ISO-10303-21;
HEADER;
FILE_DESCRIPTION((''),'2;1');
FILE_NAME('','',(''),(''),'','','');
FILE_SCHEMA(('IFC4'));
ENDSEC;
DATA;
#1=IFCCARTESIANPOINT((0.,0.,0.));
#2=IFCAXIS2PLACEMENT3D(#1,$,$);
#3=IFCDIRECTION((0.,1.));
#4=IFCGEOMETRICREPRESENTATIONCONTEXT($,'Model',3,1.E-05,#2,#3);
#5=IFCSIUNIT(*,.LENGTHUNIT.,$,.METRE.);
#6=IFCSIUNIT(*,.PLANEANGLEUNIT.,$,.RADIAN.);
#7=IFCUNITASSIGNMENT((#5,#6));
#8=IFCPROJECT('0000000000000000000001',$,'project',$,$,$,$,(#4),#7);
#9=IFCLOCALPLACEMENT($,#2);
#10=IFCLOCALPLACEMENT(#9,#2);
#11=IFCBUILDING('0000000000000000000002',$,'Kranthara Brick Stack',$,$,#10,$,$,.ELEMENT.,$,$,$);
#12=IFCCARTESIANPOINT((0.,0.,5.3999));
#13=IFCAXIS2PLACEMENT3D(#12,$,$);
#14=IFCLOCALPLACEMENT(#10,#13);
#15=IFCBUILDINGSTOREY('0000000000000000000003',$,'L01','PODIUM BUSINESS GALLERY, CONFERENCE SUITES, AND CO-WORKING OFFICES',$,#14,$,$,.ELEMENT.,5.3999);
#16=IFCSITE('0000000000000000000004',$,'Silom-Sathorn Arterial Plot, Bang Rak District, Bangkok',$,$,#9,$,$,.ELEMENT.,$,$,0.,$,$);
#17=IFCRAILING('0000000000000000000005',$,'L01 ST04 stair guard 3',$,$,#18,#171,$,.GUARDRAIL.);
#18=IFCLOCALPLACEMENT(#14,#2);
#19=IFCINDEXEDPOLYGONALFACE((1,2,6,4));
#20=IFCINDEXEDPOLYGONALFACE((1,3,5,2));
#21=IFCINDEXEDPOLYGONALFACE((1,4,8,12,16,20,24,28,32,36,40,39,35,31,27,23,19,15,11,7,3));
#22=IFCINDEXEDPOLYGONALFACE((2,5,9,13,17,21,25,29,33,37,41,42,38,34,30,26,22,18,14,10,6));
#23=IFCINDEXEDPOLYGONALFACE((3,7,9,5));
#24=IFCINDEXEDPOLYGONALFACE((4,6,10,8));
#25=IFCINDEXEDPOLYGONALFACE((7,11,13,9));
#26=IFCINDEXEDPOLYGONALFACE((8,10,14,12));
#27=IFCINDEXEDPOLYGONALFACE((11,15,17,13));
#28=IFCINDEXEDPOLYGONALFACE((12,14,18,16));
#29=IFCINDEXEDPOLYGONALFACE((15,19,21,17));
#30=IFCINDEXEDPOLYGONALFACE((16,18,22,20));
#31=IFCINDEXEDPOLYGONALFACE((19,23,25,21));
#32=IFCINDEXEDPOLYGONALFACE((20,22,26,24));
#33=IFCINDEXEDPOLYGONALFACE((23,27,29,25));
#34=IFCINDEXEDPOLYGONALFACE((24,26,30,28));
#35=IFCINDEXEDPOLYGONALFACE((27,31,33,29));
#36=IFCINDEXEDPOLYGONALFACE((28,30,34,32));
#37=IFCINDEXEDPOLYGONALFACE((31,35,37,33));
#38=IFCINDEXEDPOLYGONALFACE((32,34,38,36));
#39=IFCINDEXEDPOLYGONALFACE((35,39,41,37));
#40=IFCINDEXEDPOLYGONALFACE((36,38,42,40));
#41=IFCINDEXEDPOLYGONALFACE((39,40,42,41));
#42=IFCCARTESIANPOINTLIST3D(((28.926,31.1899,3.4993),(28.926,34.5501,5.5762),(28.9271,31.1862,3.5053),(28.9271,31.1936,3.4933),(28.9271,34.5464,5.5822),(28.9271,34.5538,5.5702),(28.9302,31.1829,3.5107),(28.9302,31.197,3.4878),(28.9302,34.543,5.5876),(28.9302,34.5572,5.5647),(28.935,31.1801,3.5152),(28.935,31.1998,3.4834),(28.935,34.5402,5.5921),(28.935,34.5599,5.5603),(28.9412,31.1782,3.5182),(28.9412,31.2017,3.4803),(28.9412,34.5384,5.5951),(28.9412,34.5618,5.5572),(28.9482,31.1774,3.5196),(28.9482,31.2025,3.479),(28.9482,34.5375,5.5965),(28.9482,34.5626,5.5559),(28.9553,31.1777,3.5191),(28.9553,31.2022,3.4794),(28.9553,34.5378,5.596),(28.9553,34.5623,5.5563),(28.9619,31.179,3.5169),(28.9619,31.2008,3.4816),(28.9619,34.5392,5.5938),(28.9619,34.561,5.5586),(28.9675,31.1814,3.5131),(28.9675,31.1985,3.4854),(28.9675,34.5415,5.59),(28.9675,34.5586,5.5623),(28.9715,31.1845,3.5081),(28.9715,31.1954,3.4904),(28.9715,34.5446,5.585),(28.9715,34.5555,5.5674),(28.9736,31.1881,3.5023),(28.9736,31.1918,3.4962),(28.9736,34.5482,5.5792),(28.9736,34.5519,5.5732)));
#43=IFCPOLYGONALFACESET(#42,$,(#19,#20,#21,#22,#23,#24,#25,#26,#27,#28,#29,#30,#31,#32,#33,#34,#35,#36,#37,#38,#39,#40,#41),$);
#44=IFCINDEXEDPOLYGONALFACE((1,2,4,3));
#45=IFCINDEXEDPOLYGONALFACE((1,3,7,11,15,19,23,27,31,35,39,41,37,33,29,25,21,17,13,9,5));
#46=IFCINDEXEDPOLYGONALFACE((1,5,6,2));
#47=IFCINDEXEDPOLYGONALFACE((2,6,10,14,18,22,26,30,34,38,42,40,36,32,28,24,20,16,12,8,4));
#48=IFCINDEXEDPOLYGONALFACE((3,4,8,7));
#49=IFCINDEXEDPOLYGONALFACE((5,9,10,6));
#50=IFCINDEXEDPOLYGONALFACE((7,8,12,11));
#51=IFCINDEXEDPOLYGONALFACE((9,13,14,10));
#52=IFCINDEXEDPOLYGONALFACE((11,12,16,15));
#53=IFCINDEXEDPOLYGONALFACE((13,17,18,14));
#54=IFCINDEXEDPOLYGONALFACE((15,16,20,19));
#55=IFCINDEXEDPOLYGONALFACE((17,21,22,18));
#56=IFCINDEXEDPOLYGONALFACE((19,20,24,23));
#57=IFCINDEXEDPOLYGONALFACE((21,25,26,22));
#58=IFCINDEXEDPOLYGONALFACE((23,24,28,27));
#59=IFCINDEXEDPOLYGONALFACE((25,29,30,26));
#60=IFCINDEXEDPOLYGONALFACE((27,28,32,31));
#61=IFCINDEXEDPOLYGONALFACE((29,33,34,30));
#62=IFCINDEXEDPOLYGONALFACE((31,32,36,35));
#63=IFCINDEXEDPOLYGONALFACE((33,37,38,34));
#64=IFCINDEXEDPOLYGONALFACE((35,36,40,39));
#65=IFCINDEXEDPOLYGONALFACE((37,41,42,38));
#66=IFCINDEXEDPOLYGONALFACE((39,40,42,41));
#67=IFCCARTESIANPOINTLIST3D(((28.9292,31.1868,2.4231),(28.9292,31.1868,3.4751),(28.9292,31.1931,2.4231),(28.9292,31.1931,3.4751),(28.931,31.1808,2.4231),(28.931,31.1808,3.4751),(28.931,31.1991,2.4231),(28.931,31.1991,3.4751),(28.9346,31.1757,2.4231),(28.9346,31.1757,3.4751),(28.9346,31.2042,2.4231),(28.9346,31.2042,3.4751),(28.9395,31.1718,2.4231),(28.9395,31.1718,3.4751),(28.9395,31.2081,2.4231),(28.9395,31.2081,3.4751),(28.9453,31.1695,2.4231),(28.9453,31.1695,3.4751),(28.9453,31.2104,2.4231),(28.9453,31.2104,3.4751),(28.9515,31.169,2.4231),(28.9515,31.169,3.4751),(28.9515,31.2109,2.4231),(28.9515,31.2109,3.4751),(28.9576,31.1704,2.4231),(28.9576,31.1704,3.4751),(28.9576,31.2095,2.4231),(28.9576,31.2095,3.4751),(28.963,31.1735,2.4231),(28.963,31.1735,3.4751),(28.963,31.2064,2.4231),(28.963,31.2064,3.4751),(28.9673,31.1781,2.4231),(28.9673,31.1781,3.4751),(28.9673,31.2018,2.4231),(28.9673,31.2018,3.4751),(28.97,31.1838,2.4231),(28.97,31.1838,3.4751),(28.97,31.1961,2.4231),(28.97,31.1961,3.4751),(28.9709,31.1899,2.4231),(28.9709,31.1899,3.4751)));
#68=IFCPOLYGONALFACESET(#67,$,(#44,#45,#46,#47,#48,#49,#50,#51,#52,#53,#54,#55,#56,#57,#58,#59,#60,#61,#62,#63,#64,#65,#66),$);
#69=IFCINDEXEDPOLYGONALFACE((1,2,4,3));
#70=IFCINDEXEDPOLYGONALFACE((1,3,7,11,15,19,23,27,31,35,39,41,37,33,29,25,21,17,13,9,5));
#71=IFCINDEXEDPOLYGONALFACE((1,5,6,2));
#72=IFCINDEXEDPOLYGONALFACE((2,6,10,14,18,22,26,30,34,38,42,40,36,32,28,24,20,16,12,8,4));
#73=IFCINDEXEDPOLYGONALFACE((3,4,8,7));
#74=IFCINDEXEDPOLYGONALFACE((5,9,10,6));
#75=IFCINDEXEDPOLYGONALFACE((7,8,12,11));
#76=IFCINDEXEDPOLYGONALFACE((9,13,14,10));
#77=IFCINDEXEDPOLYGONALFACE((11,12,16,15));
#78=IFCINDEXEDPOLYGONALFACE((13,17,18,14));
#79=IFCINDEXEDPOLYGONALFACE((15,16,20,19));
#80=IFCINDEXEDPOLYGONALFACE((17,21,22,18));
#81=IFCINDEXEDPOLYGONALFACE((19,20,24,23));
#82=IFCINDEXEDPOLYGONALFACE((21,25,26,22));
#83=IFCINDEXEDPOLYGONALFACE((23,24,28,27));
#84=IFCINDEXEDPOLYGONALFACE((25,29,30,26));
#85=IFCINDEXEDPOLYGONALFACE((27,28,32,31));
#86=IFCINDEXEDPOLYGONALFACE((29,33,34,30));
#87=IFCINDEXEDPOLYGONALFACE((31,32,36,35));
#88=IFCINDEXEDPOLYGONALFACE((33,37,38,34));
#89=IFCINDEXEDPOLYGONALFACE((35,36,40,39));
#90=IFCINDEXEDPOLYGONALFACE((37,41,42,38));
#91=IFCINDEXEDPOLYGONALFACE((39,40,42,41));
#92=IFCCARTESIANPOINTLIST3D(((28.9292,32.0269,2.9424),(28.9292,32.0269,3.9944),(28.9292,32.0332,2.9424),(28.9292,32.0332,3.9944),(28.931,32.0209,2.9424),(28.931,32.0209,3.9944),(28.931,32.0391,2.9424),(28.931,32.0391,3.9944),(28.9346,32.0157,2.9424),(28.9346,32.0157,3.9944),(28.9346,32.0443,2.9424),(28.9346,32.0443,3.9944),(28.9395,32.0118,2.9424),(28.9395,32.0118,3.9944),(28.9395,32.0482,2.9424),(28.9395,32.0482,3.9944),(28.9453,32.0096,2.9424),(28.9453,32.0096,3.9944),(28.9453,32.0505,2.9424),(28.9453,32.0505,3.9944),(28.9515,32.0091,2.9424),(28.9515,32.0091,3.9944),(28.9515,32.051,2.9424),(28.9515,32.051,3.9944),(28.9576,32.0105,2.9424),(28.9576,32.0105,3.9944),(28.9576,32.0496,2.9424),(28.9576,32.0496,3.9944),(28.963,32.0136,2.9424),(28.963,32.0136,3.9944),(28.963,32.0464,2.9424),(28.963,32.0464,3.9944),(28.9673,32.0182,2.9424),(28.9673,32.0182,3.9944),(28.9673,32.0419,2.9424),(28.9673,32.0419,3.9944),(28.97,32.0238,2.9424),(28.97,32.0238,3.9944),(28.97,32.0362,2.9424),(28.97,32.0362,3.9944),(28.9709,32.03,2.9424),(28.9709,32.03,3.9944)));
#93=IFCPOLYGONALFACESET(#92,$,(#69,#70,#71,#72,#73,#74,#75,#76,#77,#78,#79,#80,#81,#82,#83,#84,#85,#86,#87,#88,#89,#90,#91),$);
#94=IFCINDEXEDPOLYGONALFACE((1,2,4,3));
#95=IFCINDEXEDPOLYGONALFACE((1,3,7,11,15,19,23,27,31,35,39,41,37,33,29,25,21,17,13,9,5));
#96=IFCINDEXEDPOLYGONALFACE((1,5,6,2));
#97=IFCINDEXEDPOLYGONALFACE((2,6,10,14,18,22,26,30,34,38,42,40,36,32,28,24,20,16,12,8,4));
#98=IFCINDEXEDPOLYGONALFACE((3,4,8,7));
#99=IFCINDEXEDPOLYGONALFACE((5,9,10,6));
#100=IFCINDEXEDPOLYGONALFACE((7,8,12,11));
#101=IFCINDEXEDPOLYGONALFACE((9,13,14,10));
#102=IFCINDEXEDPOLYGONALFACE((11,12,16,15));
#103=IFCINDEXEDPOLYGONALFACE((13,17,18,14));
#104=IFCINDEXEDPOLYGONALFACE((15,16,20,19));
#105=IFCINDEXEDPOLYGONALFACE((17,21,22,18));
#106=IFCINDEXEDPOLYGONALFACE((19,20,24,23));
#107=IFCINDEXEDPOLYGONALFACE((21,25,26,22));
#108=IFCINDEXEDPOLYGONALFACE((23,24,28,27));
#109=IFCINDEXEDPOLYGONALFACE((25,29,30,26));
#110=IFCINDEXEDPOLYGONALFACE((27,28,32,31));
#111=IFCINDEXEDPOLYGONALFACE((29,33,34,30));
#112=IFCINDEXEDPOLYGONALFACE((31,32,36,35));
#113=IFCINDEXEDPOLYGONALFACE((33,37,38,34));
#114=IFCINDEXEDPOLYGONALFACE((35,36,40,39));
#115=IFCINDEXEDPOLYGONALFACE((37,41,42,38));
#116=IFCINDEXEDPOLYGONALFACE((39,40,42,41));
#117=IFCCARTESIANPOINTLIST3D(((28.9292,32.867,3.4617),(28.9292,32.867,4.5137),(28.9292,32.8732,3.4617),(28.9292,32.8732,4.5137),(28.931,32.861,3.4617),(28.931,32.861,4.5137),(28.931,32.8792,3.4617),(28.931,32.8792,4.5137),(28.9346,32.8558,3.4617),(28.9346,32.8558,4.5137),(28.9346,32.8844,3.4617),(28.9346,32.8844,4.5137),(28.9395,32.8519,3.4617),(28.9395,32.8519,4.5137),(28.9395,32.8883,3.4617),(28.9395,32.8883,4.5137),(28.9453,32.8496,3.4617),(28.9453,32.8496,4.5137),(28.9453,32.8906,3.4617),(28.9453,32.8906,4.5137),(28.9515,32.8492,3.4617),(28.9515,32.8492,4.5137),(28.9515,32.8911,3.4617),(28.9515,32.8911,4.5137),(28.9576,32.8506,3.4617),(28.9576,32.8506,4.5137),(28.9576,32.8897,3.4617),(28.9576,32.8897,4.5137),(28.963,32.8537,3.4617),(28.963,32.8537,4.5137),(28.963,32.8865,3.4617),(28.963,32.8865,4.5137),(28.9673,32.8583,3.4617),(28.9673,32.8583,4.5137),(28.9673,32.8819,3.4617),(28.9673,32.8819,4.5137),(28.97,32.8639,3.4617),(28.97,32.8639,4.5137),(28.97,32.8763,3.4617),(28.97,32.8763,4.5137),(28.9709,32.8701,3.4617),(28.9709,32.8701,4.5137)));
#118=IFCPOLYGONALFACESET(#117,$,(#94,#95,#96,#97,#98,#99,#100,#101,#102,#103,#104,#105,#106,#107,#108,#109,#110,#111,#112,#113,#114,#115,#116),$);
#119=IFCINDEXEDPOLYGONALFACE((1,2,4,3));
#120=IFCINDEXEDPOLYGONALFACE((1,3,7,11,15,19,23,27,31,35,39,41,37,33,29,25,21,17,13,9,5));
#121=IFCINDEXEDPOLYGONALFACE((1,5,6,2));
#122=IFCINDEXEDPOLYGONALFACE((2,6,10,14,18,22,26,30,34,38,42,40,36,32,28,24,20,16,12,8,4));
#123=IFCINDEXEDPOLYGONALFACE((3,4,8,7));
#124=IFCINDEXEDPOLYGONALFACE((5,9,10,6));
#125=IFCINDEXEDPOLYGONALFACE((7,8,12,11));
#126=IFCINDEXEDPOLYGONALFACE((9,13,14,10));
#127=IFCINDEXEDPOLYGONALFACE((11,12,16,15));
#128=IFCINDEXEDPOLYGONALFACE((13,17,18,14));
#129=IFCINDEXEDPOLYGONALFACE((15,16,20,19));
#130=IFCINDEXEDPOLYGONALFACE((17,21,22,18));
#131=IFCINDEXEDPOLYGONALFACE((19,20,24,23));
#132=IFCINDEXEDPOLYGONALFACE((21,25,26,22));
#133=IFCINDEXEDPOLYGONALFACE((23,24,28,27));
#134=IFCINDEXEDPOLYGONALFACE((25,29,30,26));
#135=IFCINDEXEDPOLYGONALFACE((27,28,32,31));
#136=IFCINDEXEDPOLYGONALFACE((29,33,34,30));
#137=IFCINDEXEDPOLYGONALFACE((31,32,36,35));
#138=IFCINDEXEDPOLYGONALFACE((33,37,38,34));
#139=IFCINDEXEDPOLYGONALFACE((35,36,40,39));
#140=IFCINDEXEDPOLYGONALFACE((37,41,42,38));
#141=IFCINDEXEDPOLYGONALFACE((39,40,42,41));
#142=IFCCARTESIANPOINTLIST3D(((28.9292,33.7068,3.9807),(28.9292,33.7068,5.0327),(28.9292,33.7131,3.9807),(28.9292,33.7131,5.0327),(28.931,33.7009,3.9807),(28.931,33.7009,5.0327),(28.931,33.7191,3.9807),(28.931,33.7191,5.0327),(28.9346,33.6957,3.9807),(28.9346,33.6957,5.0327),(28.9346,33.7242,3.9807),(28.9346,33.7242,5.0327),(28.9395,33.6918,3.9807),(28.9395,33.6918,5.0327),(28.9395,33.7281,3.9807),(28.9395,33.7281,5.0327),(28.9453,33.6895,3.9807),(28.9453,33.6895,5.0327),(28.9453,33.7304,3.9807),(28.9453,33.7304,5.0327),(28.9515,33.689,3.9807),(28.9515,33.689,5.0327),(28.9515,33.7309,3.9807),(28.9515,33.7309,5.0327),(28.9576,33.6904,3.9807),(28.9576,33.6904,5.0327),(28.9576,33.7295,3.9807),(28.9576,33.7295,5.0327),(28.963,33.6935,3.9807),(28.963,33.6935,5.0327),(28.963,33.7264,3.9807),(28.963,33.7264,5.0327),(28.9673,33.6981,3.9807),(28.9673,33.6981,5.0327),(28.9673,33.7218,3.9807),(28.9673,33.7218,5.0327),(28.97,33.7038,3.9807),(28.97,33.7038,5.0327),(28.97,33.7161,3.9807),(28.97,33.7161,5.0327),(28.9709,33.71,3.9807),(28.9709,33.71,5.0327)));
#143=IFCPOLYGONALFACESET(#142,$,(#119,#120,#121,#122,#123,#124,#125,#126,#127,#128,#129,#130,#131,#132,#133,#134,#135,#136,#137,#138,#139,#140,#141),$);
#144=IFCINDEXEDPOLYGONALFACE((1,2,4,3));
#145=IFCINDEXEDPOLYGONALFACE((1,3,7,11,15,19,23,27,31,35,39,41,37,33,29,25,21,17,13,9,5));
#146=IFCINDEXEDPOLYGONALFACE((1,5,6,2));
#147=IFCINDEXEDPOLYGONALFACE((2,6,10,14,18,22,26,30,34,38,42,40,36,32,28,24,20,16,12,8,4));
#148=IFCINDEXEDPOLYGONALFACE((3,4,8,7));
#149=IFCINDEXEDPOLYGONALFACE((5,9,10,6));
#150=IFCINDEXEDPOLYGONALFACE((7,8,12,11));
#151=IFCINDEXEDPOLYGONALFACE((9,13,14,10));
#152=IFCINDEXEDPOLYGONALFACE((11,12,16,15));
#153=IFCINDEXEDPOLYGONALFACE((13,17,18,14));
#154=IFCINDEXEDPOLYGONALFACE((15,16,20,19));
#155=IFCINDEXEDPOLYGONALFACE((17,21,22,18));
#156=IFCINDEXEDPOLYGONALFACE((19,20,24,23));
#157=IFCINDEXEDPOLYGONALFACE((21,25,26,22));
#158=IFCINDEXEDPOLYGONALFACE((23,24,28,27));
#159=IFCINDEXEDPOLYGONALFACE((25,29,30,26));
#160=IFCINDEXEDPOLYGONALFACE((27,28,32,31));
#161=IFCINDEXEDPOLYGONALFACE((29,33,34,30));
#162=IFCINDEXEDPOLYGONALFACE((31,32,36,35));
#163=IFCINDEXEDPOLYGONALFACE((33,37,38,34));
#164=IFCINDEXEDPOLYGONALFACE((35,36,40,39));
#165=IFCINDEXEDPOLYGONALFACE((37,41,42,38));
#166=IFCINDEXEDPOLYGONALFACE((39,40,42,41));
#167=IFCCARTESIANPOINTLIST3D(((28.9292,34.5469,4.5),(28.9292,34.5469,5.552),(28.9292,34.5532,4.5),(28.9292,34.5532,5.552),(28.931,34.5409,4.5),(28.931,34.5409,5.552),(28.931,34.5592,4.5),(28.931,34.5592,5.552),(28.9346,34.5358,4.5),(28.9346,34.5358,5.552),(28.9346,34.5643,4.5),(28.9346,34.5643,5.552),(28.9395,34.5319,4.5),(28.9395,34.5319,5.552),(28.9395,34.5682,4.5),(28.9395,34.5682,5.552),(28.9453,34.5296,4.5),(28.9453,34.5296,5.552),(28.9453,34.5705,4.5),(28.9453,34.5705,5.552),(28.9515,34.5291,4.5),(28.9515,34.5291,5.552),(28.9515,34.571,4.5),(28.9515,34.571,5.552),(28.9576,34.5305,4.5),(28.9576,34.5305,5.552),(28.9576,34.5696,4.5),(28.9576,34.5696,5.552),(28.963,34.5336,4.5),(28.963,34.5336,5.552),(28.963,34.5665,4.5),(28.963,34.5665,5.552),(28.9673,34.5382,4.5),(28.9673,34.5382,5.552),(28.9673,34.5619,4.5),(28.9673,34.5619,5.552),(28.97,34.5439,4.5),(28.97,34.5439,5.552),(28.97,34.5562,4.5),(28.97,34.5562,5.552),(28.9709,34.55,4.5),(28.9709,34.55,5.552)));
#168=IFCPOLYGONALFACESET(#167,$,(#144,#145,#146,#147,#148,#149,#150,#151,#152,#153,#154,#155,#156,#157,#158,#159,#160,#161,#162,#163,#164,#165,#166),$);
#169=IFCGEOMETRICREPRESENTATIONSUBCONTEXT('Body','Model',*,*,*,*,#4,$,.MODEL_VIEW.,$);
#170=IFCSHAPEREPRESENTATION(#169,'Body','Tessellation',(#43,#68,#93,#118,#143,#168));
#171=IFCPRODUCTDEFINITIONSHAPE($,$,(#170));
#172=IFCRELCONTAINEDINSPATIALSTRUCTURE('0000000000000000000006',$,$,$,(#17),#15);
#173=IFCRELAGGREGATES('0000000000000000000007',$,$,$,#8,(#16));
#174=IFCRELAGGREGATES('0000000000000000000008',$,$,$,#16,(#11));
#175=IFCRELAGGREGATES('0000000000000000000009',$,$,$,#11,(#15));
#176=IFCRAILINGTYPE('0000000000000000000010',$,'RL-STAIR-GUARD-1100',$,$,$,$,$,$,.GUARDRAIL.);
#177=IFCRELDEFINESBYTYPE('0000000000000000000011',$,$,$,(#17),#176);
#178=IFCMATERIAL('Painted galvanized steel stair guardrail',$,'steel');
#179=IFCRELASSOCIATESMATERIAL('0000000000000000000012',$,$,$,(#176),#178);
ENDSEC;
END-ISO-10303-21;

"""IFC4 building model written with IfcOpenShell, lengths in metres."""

from ifc_helpers import new_model, si_unit, direction, frame, origin, origin_2d, place, context, subcontext, project, spatial, circle, extrude, material, type_object, element, save


model = new_model("IFC4")

# Units and contexts
model_context = context("Model", 3, precision=1e-05, world=origin(), true_north=direction((0.0, 1.0)))
body_context = subcontext(model_context, "Body", "Model", "MODEL_VIEW")
ifc_project = project(units=[si_unit("LENGTHUNIT", "METRE"), si_unit("PLANEANGLEUNIT", "RADIAN")], contexts=[model_context])

# Site, building, storey
site_placement = place(None, origin())
site = spatial("IfcSite", under=ifc_project, at=site_placement, Name="Silom-Sathorn Arterial Plot, Bang Rak District, Bangkok", CompositionType="ELEMENT", RefElevation=0.0)
building_placement = place(site_placement, origin())
building = spatial("IfcBuilding", under=site, at=building_placement, Name="Kranthara Brick Stack", CompositionType="ELEMENT")
storey_placement = place(building_placement, frame((0.0, 0.0, 5.3999)))
storey = spatial("IfcBuildingStorey", under=building, at=storey_placement, Name="L01", Description="PODIUM BUSINESS GALLERY, CONFERENCE SUITES, AND CO-WORKING OFFICES", CompositionType="ELEMENT", Elevation=5.3999)

# Railing
ifc_material_1 = material(Name="Painted galvanized steel stair guardrail", Category="steel")
railing_type_1 = type_object("IfcRailingType", Name="RL-STAIR-GUARD-1100", PredefinedType="GUARDRAIL", material=ifc_material_1)
railing_1_placement = place(storey_placement, frame((28.95, 31.1899, 2.4231)))
element("IfcRailing", 1, at=railing_1_placement, inside=storey, type_object=railing_type_1, Name="L01 ST04 stair guard 3", PredefinedType="GUARDRAIL", context=body_context, shape_type="SweptSolid", body=[
    extrude(circle(Radius=0.0239, at=origin_2d()), frame((0.0, 0.0, 1.0762), z_axis=(0.0, 0.850623, 0.525776), x_axis=(-1.0, 0.0, 0.0)), (0.0, 0.0, 1.0), 3.9502),
    extrude(circle(Radius=0.021, at=origin_2d()), origin(), (0.0, 0.0, 1.0), 1.052),
    extrude(circle(Radius=0.021, at=origin_2d()), frame((0.0, 0.8401, 0.5193)), (0.0, 0.0, 1.0), 1.052),
    extrude(circle(Radius=0.021, at=origin_2d()), frame((0.0, 1.6802, 1.0386)), (0.0, 0.0, 1.0), 1.052),
    extrude(circle(Radius=0.021, at=origin_2d()), frame((0.0, 2.52, 1.5576)), (0.0, 0.0, 1.0), 1.052),
    extrude(circle(Radius=0.021, at=origin_2d()), frame((0.0, 3.3601, 2.0769)), (0.0, 0.0, 1.0), 1.052),
])

save(model, "model.ifc")
